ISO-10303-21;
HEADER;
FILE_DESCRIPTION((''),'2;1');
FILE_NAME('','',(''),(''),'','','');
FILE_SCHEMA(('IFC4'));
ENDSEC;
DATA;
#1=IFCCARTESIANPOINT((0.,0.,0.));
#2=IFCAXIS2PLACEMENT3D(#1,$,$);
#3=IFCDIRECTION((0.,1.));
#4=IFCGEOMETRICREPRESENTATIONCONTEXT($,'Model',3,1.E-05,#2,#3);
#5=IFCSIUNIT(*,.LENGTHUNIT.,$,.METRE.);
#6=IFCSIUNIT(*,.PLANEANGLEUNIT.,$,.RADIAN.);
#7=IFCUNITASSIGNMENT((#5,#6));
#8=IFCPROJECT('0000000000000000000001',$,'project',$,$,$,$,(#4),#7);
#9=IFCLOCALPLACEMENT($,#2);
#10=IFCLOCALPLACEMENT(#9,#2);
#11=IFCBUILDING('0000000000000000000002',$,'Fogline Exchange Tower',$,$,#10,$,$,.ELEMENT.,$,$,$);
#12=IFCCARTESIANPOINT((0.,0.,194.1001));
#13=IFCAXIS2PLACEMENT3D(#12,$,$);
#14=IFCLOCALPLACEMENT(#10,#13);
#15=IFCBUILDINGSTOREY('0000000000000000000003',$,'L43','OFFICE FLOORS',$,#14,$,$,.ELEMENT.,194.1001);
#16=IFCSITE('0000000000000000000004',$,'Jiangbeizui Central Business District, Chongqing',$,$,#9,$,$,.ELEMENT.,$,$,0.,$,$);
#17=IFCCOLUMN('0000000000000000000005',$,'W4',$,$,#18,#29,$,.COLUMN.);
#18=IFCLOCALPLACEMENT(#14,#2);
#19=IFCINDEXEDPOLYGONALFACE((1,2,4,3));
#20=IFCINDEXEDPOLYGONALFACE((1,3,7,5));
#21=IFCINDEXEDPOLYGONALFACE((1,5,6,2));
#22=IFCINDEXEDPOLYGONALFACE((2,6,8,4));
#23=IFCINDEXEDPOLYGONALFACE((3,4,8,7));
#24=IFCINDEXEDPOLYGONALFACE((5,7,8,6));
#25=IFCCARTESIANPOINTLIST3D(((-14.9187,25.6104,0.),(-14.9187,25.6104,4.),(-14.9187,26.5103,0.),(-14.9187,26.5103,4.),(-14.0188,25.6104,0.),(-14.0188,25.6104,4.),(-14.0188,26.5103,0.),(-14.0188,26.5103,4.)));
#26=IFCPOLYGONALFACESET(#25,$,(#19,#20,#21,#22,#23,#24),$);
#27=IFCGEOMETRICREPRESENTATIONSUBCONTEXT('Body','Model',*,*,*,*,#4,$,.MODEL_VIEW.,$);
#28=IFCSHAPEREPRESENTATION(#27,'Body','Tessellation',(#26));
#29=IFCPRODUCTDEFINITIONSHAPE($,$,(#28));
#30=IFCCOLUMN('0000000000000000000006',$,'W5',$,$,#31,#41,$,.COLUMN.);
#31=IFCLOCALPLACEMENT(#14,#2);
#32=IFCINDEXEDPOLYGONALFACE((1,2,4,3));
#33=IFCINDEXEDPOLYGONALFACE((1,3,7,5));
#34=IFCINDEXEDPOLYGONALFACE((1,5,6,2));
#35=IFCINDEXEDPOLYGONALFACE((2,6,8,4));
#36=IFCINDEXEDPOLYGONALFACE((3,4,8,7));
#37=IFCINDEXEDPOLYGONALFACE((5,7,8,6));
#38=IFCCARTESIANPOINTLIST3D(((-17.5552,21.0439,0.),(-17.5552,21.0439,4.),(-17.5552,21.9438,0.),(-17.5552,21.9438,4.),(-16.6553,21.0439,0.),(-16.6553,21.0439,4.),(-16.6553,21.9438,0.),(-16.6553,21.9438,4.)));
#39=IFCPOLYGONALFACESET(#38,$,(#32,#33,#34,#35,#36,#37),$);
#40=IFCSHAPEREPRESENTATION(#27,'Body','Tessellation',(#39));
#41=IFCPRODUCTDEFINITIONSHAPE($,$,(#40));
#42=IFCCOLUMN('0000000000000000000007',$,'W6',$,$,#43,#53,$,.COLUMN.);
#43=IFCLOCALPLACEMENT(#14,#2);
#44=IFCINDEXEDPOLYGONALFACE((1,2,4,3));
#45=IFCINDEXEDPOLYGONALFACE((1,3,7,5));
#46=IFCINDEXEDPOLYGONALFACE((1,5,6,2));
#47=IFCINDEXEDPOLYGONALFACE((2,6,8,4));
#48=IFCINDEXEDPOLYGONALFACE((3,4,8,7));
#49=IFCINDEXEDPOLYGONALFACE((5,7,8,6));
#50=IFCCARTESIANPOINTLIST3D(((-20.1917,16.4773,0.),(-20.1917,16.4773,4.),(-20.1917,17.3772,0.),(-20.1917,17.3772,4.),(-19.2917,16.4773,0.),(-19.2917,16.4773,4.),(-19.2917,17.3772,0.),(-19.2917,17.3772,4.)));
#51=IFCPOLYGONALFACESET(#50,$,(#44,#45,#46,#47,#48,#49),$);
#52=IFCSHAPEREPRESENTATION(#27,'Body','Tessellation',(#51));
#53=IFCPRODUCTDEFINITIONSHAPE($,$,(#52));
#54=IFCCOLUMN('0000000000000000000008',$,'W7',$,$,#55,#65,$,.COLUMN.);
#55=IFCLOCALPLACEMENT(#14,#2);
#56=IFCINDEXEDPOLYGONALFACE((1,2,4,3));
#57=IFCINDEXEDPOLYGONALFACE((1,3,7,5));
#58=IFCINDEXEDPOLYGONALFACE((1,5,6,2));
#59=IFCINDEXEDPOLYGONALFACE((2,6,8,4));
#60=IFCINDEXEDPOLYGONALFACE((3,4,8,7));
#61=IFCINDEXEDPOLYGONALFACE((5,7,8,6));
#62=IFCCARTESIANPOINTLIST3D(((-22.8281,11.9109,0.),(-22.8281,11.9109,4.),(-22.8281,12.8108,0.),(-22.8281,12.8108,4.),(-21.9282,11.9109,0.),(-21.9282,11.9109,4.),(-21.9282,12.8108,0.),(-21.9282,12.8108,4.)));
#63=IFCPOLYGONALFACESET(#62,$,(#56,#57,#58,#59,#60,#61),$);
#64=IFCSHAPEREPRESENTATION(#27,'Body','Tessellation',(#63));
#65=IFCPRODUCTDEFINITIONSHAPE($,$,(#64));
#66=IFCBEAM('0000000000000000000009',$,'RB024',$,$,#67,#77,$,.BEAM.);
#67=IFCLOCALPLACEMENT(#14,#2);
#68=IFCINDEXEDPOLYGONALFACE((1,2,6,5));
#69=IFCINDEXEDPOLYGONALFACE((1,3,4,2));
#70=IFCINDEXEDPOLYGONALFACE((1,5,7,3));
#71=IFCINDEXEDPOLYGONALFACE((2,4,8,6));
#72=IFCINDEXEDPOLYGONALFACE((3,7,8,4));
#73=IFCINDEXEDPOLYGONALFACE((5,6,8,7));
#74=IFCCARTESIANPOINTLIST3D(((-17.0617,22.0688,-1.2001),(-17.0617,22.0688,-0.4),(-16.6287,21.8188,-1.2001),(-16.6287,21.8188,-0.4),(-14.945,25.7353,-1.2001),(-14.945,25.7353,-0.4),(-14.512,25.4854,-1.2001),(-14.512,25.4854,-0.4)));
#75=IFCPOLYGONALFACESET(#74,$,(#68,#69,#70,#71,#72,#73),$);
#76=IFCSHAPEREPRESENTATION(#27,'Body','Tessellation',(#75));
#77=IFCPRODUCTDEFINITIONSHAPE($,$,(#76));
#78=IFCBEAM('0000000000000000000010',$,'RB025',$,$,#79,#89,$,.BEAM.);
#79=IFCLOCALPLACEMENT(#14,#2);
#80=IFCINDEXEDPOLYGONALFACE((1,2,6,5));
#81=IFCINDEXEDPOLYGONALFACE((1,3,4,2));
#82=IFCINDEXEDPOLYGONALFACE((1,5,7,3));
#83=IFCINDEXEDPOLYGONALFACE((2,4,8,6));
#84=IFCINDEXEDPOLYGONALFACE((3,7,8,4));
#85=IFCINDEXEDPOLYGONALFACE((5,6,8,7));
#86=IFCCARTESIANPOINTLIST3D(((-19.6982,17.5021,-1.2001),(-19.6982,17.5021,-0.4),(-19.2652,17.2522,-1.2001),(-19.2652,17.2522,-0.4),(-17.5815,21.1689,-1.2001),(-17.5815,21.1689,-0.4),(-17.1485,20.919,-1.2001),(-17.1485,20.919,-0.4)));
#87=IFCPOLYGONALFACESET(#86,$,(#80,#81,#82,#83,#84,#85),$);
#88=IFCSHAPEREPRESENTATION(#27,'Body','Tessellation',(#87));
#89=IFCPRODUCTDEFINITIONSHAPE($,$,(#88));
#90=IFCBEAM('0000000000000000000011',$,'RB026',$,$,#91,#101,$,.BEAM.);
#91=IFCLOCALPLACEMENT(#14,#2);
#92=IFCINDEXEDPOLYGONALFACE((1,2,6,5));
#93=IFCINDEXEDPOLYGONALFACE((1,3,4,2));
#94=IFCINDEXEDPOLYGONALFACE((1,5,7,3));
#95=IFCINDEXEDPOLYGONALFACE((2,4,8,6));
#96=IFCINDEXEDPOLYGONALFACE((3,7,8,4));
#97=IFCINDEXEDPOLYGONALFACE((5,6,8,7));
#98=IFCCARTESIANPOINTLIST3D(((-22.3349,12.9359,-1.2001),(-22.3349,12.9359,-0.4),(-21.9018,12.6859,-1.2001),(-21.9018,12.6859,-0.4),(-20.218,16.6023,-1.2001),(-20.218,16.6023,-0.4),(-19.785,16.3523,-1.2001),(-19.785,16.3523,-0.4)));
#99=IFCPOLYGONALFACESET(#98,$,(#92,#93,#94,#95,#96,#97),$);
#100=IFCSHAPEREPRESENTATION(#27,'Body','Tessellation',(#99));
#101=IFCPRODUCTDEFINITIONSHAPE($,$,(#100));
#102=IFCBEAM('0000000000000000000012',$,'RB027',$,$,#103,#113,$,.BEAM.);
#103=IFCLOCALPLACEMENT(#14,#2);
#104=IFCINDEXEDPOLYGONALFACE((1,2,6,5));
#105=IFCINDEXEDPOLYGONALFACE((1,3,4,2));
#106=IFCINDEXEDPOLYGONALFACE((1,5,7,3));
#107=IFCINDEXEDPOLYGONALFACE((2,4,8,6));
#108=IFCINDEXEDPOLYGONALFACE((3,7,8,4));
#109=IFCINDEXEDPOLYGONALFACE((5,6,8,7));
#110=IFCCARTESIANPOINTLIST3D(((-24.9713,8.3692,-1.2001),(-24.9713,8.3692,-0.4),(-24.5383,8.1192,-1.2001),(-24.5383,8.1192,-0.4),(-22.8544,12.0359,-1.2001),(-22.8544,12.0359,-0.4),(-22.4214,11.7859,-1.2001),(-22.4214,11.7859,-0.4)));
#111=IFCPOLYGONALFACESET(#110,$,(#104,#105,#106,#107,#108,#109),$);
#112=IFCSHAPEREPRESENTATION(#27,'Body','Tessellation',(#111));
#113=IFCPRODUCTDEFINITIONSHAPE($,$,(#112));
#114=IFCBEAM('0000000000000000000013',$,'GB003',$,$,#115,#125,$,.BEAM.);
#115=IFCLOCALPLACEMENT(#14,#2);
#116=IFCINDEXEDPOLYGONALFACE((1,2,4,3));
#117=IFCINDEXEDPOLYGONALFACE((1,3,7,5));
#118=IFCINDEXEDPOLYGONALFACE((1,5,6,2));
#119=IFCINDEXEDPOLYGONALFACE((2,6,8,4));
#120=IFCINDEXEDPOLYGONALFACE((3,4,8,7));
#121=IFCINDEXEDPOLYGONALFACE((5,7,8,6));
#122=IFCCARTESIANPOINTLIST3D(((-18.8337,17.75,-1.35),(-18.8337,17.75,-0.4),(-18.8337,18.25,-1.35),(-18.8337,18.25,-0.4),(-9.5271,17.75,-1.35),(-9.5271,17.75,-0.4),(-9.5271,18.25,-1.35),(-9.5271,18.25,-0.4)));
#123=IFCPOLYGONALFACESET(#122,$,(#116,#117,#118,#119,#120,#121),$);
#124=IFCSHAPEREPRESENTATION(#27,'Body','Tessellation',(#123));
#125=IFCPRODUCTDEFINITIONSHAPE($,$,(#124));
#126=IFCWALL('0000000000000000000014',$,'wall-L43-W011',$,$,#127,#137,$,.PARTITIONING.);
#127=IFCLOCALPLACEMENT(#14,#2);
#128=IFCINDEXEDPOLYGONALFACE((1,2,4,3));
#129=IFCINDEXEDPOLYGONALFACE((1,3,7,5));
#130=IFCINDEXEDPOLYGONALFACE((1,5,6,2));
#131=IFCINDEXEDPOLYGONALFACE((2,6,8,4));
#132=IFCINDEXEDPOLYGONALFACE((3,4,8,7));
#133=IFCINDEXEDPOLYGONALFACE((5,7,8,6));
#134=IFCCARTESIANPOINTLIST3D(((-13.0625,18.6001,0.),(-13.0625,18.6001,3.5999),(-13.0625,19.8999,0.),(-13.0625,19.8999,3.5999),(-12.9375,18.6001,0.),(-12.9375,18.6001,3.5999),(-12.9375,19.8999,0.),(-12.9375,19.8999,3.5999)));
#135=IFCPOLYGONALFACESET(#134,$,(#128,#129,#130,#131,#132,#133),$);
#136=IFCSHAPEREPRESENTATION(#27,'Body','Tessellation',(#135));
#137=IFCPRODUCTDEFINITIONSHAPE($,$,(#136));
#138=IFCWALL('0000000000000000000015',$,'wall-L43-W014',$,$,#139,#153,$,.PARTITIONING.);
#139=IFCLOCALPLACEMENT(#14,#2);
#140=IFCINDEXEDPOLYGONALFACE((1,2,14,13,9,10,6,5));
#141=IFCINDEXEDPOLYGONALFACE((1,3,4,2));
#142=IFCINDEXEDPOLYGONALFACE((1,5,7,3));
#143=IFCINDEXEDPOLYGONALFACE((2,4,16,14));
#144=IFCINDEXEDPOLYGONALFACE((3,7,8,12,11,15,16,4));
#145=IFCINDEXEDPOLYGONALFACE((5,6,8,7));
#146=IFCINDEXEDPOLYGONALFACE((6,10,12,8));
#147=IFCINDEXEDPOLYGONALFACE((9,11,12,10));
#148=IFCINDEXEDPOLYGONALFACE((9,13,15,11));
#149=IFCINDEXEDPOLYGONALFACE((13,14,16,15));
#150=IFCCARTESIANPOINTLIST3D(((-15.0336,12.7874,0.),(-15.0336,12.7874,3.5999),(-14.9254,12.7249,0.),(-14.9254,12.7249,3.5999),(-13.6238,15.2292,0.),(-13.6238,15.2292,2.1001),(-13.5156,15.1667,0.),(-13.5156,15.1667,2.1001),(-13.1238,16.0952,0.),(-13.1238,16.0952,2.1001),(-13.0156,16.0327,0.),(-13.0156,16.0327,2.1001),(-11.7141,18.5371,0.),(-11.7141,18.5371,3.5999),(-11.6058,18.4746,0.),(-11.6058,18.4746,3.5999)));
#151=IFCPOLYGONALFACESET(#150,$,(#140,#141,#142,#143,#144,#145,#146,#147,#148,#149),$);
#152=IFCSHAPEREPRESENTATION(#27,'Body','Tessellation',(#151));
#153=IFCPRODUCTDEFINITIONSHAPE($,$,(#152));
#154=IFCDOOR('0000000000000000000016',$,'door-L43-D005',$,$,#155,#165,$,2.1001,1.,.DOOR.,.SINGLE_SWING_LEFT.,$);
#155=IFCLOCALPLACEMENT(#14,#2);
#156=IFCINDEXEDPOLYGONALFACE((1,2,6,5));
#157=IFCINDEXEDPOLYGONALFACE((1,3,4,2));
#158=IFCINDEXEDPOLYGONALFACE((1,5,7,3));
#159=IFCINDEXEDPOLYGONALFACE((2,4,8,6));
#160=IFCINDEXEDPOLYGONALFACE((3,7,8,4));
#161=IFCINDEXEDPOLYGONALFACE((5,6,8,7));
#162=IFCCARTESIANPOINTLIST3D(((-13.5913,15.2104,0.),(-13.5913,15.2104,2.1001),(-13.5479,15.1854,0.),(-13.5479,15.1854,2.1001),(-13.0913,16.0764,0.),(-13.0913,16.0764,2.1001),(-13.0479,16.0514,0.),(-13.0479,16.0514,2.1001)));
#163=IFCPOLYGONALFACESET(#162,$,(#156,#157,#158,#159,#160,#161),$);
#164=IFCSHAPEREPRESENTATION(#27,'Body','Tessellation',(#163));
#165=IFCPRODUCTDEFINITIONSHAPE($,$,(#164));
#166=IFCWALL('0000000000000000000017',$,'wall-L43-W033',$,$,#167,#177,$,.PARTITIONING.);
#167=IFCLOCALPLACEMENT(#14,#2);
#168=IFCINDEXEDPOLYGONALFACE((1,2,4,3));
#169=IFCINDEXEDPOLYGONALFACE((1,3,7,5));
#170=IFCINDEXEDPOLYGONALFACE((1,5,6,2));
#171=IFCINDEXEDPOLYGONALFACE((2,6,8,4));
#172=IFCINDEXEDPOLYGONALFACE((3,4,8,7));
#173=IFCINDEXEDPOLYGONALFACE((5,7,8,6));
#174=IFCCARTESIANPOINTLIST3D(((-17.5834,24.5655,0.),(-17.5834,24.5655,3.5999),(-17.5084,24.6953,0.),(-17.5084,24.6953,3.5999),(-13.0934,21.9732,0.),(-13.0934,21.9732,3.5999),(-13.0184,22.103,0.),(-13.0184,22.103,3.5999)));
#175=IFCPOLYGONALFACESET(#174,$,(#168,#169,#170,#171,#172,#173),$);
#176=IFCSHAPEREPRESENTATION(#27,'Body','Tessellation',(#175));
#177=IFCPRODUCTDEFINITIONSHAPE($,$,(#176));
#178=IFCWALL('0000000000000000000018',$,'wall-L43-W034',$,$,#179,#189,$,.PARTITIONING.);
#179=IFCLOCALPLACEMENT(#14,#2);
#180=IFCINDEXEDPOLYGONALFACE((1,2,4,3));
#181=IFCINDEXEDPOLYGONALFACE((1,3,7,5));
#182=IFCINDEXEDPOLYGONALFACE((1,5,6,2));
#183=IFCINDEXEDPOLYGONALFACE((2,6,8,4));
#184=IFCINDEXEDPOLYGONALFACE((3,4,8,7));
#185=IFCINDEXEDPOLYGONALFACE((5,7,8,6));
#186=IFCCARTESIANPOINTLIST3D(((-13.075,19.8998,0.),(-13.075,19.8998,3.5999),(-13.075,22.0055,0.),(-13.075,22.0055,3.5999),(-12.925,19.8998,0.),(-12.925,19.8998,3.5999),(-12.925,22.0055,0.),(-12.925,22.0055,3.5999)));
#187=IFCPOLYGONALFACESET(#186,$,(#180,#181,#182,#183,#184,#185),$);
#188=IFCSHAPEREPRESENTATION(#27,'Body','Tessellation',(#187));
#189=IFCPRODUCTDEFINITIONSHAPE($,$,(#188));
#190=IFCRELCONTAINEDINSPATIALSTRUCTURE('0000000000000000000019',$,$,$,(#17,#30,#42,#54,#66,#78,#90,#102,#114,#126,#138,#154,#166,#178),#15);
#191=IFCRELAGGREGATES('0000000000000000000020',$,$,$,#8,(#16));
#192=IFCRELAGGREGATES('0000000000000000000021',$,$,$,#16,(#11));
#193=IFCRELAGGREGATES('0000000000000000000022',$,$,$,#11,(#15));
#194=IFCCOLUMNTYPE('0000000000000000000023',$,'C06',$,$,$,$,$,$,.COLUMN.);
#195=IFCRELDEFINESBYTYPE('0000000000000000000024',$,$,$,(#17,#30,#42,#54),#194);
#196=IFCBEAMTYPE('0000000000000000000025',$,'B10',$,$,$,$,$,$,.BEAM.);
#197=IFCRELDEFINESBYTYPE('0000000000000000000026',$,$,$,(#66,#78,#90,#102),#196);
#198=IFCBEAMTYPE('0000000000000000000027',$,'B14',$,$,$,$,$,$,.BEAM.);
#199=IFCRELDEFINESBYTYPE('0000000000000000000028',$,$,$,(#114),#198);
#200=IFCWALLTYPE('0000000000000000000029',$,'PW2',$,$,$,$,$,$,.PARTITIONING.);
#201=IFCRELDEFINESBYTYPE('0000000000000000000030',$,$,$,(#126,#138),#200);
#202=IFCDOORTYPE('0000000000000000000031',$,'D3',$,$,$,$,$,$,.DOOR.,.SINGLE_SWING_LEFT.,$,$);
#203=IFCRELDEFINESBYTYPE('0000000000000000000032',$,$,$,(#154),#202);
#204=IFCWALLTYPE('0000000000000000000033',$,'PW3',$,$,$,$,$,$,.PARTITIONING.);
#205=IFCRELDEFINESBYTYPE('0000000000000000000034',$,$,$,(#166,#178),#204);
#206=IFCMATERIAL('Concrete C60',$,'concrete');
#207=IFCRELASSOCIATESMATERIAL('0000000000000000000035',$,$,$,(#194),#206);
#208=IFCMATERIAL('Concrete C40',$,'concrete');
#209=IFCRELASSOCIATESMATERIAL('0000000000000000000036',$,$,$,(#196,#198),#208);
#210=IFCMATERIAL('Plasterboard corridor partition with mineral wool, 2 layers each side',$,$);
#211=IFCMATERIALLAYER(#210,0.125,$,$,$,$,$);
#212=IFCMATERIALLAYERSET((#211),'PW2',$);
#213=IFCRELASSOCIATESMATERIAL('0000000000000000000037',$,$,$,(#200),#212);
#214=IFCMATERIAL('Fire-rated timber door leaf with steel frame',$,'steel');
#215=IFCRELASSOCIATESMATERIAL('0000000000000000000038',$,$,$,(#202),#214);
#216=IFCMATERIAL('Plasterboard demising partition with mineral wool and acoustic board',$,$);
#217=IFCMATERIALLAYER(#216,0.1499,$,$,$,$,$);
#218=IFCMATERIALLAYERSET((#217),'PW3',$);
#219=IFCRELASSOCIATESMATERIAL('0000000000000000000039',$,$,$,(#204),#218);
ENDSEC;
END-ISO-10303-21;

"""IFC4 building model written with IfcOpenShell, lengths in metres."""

from ifc_helpers import new_model, si_unit, direction, frame, frame_2d, origin, origin_2d, place, context, subcontext, project, spatial, rectangle, extrude, material, layer, layer_set, material_profile, profile_set, type_object, element, fill, save


model = new_model("IFC4")

# Units and contexts
model_context = context("Model", 3, precision=1e-05, world=origin(), true_north=direction((0.0, 1.0)))
body_context = subcontext(model_context, "Body", "Model", "MODEL_VIEW")
ifc_project = project(units=[si_unit("LENGTHUNIT", "METRE"), si_unit("PLANEANGLEUNIT", "RADIAN")], contexts=[model_context])

# Site, building, storey
site_placement = place(None, origin())
site = spatial("IfcSite", under=ifc_project, at=site_placement, Name="Jiangbeizui Central Business District, Chongqing", CompositionType="ELEMENT", RefElevation=0.0)
building_placement = place(site_placement, origin())
building = spatial("IfcBuilding", under=site, at=building_placement, Name="Fogline Exchange Tower", CompositionType="ELEMENT")
storey_placement = place(building_placement, frame((0.0, 0.0, 194.1001)))
storey = spatial("IfcBuildingStorey", under=building, at=storey_placement, Name="L43", Description="OFFICE FLOORS", CompositionType="ELEMENT", Elevation=194.1001)

# Columns
ifc_material_1 = material(Name="Concrete C60", Category="concrete")
ifc_material_profile_1 = material_profile(ifc_material_1, rectangle(XDim=0.8999, YDim=0.8999, at=origin_2d()), Name="RC 900x900")
ifc_profile_set_1 = profile_set([ifc_material_profile_1], Name="Concrete C60")
column_type = type_object("IfcColumnType", Name="C06", PredefinedType="COLUMN", material=ifc_profile_set_1)
for number, where, z_axis, x_axis, name in (
    (1, (-14.4688, 26.0603, 0.0), (0.0, 0.0, 1.0), (1.0, 0.0, 0.0), "W4"),
    (2, (-17.1052, 21.4939, 0.0), (0.0, 0.0, 1.0), (1.0, 0.0, 0.0), "W5"),
    (3, (-19.7417, 16.9272, 0.0), (0.0, 0.0, 1.0), (1.0, 0.0, 0.0), "W6"),
    (4, (-22.3782, 12.3608, 0.0), (0.0, 0.0, 1.0), (1.0, 0.0, 0.0), "W7"),
):
    element("IfcColumn", number, at=place(storey_placement, frame(where, z_axis=z_axis, x_axis=x_axis)), inside=storey, type_object=column_type, Name=name, PredefinedType="COLUMN", context=body_context, shape_type="SweptSolid", body=[
        extrude(rectangle(XDim=0.8999, YDim=0.8999, at=origin_2d()), origin(), (0.0, 0.0, 1.0), 4.0),
    ])

# Beams
ifc_material_2 = material(Name="Concrete C40", Category="concrete")
ifc_material_profile_2 = material_profile(ifc_material_2, rectangle(XDim=0.5, YDim=0.8, at=origin_2d()), Name="RC 500x800")
ifc_profile_set_2 = profile_set([ifc_material_profile_2], Name="Concrete C40")
beam_type_1 = type_object("IfcBeamType", Name="B10", PredefinedType="BEAM", material=ifc_profile_set_2)
beam_1_placement = place(storey_placement, frame((-14.7285, 25.6104, -0.8), z_axis=(-0.499972, -0.866042, 0.0), x_axis=(0.866042, -0.499972, 0.0)))
element("IfcBeam", 5, at=beam_1_placement, inside=storey, type_object=beam_type_1, Name="RB024", PredefinedType="BEAM", context=body_context, shape_type="SweptSolid", body=[
    extrude(rectangle(XDim=0.5, YDim=0.8, at=origin_2d()), origin(), (0.0, 0.0, 1.0), 4.2336),
])
beam_2_placement = place(storey_placement, frame((-17.365, 21.0439, -0.8), z_axis=(-0.499947, -0.866056, 0.0), x_axis=(0.866056, -0.499947, 0.0)))
element("IfcBeam", 6, at=beam_2_placement, inside=storey, type_object=beam_type_1, Name="RB025", PredefinedType="BEAM", context=body_context, shape_type="SweptSolid", body=[
    extrude(rectangle(XDim=0.5, YDim=0.8, at=origin_2d()), origin(), (0.0, 0.0, 1.0), 4.2339),
])
beam_3_placement = place(storey_placement, frame((-20.0015, 16.4773, -0.8), z_axis=(-0.500015, -0.866017, 0.0), x_axis=(0.866017, -0.500015, 0.0)))
element("IfcBeam", 7, at=beam_3_placement, inside=storey, type_object=beam_type_1, Name="RB026", PredefinedType="BEAM", context=body_context, shape_type="SweptSolid", body=[
    extrude(rectangle(XDim=0.5, YDim=0.8, at=origin_2d()), origin(), (0.0, 0.0, 1.0), 4.2336),
])
beam_4_placement = place(storey_placement, frame((-22.6379, 11.9109, -0.8), z_axis=(-0.49999, -0.866031, 0.0), x_axis=(0.866031, -0.49999, 0.0)))
element("IfcBeam", 8, at=beam_4_placement, inside=storey, type_object=beam_type_1, Name="RB027", PredefinedType="BEAM", context=body_context, shape_type="SweptSolid", body=[
    extrude(rectangle(XDim=0.5, YDim=0.8, at=origin_2d()), origin(), (0.0, 0.0, 1.0), 4.2339),
])
ifc_material_profile_3 = material_profile(ifc_material_2, rectangle(XDim=0.5, YDim=0.95, at=origin_2d()), Name="RC 500x950")
ifc_profile_set_3 = profile_set([ifc_material_profile_3], Name="Concrete C40")
beam_type_2 = type_object("IfcBeamType", Name="B14", PredefinedType="BEAM", material=ifc_profile_set_3)
beam_5_placement = place(storey_placement, frame((-18.8337, 18.0, -0.875), z_axis=(1.0, 0.0, 0.0), x_axis=(0.0, 1.0, 0.0)))
element("IfcBeam", 9, at=beam_5_placement, inside=storey, type_object=beam_type_2, Name="GB003", PredefinedType="BEAM", context=body_context, shape_type="SweptSolid", body=[
    extrude(rectangle(XDim=0.5, YDim=0.95, at=origin_2d()), origin(), (0.0, 0.0, 1.0), 9.3066),
])

# Wall
ifc_material_3 = material(Name="Plasterboard corridor partition with mineral wool, 2 layers each side")
ifc_layer_1 = layer(ifc_material_3, 0.125)
ifc_layer_set_1 = layer_set([ifc_layer_1], Name="PW2")
wall_type_1 = type_object("IfcWallType", Name="PW2", PredefinedType="PARTITIONING", material=ifc_layer_set_1)
wall_1_placement = place(storey_placement, frame((-13.0, 18.6001, 0.0), z_axis=(0.0, 0.0, 1.0), x_axis=(0.0, 1.0, 0.0)))
element("IfcWall", 10, at=wall_1_placement, inside=storey, type_object=wall_type_1, Name="wall-L43-W011", PredefinedType="PARTITIONING", context=body_context, shape_type="SweptSolid", body=[
    extrude(rectangle(XDim=1.2998, YDim=0.125, at=frame_2d((0.6499, 0.0))), origin(), (0.0, 0.0, 1.0), 3.5999),
])

# Wall, opening, door
wall_2_placement = place(storey_placement, frame((-14.9795, 12.7561, 0.0), z_axis=(0.0, 0.0, 1.0), x_axis=(0.499995, 0.866028, 0.0)))
wall_2 = element("IfcWall", 11, at=wall_2_placement, inside=storey, type_object=wall_type_1, Name="wall-L43-W014", PredefinedType="PARTITIONING", context=body_context, shape_type="SweptSolid", body=[
    extrude(rectangle(XDim=6.6392, YDim=0.125, at=frame_2d((3.3196, 0.0))), origin(), (0.0, 0.0, 1.0), 3.5999),
])
opening_placement = place(wall_2_placement, frame((2.8196, 0.0, 0.0)))
opening = element("IfcOpeningElement", 12, at=opening_placement, cuts=wall_2, PredefinedType="OPENING", context=body_context, shape_type="SweptSolid", body=[
    extrude(rectangle(XDim=1.0, YDim=2.1001, at=frame_2d((0.5, 1.05))), frame((0.0, 0.0725, 0.0), z_axis=(0.0, -1.0, 0.0), x_axis=(1.0, 0.0, 0.0)), (0.0, 0.0, 1.0), 0.145),
])
ifc_material_4 = material(Name="Fire-rated timber door leaf with steel frame", Category="steel")
door_type = type_object("IfcDoorType", Name="D3", OperationType="SINGLE_SWING_LEFT", PredefinedType="DOOR", material=ifc_material_4)
door_placement = place(opening_placement, origin())
door = element("IfcDoor", 13, at=door_placement, inside=storey, type_object=door_type, Name="door-L43-D005", OperationType="SINGLE_SWING_LEFT", OverallHeight=2.1001, OverallWidth=1.0, PredefinedType="DOOR", context=body_context, shape_type="SweptSolid", body=[
    extrude(rectangle(XDim=1.0, YDim=2.1001, at=frame_2d((0.5, 1.05))), frame((0.0, 0.0249, 0.0), z_axis=(0.0, -1.0, 0.0), x_axis=(1.0, 0.0, 0.0)), (0.0, 0.0, 1.0), 0.05),
])
fill(opening, door)

# Walls
ifc_material_5 = material(Name="Plasterboard demising partition with mineral wool and acoustic board")
ifc_layer_2 = layer(ifc_material_5, 0.1499)
ifc_layer_set_2 = layer_set([ifc_layer_2], Name="PW3")
wall_type_2 = type_object("IfcWallType", Name="PW3", PredefinedType="PARTITIONING", material=ifc_layer_set_2)
wall_3_placement = place(storey_placement, frame((-13.0559, 22.0381, 0.0), z_axis=(0.0, 0.0, 1.0), x_axis=(-0.866026, 0.499998, 0.0)))
element("IfcWall", 14, at=wall_3_placement, inside=storey, type_object=wall_type_2, Name="wall-L43-W033", PredefinedType="PARTITIONING", context=body_context, shape_type="SweptSolid", body=[
    extrude(rectangle(XDim=5.1846, YDim=0.1499, at=frame_2d((2.5923, 0.0))), origin(), (0.0, 0.0, 1.0), 3.5999),
])
wall_4_placement = place(storey_placement, frame((-13.0, 19.8999, 0.0), z_axis=(0.0, 0.0, 1.0), x_axis=(0.0, 1.0, 0.0)))
element("IfcWall", 15, at=wall_4_placement, inside=storey, type_object=wall_type_2, Name="wall-L43-W034", PredefinedType="PARTITIONING", context=body_context, shape_type="SweptSolid", body=[
    extrude(rectangle(XDim=2.1057, YDim=0.1499, at=frame_2d((1.0527, 0.0))), origin(), (0.0, 0.0, 1.0), 3.5999),
])

save(model, "model.ifc")
